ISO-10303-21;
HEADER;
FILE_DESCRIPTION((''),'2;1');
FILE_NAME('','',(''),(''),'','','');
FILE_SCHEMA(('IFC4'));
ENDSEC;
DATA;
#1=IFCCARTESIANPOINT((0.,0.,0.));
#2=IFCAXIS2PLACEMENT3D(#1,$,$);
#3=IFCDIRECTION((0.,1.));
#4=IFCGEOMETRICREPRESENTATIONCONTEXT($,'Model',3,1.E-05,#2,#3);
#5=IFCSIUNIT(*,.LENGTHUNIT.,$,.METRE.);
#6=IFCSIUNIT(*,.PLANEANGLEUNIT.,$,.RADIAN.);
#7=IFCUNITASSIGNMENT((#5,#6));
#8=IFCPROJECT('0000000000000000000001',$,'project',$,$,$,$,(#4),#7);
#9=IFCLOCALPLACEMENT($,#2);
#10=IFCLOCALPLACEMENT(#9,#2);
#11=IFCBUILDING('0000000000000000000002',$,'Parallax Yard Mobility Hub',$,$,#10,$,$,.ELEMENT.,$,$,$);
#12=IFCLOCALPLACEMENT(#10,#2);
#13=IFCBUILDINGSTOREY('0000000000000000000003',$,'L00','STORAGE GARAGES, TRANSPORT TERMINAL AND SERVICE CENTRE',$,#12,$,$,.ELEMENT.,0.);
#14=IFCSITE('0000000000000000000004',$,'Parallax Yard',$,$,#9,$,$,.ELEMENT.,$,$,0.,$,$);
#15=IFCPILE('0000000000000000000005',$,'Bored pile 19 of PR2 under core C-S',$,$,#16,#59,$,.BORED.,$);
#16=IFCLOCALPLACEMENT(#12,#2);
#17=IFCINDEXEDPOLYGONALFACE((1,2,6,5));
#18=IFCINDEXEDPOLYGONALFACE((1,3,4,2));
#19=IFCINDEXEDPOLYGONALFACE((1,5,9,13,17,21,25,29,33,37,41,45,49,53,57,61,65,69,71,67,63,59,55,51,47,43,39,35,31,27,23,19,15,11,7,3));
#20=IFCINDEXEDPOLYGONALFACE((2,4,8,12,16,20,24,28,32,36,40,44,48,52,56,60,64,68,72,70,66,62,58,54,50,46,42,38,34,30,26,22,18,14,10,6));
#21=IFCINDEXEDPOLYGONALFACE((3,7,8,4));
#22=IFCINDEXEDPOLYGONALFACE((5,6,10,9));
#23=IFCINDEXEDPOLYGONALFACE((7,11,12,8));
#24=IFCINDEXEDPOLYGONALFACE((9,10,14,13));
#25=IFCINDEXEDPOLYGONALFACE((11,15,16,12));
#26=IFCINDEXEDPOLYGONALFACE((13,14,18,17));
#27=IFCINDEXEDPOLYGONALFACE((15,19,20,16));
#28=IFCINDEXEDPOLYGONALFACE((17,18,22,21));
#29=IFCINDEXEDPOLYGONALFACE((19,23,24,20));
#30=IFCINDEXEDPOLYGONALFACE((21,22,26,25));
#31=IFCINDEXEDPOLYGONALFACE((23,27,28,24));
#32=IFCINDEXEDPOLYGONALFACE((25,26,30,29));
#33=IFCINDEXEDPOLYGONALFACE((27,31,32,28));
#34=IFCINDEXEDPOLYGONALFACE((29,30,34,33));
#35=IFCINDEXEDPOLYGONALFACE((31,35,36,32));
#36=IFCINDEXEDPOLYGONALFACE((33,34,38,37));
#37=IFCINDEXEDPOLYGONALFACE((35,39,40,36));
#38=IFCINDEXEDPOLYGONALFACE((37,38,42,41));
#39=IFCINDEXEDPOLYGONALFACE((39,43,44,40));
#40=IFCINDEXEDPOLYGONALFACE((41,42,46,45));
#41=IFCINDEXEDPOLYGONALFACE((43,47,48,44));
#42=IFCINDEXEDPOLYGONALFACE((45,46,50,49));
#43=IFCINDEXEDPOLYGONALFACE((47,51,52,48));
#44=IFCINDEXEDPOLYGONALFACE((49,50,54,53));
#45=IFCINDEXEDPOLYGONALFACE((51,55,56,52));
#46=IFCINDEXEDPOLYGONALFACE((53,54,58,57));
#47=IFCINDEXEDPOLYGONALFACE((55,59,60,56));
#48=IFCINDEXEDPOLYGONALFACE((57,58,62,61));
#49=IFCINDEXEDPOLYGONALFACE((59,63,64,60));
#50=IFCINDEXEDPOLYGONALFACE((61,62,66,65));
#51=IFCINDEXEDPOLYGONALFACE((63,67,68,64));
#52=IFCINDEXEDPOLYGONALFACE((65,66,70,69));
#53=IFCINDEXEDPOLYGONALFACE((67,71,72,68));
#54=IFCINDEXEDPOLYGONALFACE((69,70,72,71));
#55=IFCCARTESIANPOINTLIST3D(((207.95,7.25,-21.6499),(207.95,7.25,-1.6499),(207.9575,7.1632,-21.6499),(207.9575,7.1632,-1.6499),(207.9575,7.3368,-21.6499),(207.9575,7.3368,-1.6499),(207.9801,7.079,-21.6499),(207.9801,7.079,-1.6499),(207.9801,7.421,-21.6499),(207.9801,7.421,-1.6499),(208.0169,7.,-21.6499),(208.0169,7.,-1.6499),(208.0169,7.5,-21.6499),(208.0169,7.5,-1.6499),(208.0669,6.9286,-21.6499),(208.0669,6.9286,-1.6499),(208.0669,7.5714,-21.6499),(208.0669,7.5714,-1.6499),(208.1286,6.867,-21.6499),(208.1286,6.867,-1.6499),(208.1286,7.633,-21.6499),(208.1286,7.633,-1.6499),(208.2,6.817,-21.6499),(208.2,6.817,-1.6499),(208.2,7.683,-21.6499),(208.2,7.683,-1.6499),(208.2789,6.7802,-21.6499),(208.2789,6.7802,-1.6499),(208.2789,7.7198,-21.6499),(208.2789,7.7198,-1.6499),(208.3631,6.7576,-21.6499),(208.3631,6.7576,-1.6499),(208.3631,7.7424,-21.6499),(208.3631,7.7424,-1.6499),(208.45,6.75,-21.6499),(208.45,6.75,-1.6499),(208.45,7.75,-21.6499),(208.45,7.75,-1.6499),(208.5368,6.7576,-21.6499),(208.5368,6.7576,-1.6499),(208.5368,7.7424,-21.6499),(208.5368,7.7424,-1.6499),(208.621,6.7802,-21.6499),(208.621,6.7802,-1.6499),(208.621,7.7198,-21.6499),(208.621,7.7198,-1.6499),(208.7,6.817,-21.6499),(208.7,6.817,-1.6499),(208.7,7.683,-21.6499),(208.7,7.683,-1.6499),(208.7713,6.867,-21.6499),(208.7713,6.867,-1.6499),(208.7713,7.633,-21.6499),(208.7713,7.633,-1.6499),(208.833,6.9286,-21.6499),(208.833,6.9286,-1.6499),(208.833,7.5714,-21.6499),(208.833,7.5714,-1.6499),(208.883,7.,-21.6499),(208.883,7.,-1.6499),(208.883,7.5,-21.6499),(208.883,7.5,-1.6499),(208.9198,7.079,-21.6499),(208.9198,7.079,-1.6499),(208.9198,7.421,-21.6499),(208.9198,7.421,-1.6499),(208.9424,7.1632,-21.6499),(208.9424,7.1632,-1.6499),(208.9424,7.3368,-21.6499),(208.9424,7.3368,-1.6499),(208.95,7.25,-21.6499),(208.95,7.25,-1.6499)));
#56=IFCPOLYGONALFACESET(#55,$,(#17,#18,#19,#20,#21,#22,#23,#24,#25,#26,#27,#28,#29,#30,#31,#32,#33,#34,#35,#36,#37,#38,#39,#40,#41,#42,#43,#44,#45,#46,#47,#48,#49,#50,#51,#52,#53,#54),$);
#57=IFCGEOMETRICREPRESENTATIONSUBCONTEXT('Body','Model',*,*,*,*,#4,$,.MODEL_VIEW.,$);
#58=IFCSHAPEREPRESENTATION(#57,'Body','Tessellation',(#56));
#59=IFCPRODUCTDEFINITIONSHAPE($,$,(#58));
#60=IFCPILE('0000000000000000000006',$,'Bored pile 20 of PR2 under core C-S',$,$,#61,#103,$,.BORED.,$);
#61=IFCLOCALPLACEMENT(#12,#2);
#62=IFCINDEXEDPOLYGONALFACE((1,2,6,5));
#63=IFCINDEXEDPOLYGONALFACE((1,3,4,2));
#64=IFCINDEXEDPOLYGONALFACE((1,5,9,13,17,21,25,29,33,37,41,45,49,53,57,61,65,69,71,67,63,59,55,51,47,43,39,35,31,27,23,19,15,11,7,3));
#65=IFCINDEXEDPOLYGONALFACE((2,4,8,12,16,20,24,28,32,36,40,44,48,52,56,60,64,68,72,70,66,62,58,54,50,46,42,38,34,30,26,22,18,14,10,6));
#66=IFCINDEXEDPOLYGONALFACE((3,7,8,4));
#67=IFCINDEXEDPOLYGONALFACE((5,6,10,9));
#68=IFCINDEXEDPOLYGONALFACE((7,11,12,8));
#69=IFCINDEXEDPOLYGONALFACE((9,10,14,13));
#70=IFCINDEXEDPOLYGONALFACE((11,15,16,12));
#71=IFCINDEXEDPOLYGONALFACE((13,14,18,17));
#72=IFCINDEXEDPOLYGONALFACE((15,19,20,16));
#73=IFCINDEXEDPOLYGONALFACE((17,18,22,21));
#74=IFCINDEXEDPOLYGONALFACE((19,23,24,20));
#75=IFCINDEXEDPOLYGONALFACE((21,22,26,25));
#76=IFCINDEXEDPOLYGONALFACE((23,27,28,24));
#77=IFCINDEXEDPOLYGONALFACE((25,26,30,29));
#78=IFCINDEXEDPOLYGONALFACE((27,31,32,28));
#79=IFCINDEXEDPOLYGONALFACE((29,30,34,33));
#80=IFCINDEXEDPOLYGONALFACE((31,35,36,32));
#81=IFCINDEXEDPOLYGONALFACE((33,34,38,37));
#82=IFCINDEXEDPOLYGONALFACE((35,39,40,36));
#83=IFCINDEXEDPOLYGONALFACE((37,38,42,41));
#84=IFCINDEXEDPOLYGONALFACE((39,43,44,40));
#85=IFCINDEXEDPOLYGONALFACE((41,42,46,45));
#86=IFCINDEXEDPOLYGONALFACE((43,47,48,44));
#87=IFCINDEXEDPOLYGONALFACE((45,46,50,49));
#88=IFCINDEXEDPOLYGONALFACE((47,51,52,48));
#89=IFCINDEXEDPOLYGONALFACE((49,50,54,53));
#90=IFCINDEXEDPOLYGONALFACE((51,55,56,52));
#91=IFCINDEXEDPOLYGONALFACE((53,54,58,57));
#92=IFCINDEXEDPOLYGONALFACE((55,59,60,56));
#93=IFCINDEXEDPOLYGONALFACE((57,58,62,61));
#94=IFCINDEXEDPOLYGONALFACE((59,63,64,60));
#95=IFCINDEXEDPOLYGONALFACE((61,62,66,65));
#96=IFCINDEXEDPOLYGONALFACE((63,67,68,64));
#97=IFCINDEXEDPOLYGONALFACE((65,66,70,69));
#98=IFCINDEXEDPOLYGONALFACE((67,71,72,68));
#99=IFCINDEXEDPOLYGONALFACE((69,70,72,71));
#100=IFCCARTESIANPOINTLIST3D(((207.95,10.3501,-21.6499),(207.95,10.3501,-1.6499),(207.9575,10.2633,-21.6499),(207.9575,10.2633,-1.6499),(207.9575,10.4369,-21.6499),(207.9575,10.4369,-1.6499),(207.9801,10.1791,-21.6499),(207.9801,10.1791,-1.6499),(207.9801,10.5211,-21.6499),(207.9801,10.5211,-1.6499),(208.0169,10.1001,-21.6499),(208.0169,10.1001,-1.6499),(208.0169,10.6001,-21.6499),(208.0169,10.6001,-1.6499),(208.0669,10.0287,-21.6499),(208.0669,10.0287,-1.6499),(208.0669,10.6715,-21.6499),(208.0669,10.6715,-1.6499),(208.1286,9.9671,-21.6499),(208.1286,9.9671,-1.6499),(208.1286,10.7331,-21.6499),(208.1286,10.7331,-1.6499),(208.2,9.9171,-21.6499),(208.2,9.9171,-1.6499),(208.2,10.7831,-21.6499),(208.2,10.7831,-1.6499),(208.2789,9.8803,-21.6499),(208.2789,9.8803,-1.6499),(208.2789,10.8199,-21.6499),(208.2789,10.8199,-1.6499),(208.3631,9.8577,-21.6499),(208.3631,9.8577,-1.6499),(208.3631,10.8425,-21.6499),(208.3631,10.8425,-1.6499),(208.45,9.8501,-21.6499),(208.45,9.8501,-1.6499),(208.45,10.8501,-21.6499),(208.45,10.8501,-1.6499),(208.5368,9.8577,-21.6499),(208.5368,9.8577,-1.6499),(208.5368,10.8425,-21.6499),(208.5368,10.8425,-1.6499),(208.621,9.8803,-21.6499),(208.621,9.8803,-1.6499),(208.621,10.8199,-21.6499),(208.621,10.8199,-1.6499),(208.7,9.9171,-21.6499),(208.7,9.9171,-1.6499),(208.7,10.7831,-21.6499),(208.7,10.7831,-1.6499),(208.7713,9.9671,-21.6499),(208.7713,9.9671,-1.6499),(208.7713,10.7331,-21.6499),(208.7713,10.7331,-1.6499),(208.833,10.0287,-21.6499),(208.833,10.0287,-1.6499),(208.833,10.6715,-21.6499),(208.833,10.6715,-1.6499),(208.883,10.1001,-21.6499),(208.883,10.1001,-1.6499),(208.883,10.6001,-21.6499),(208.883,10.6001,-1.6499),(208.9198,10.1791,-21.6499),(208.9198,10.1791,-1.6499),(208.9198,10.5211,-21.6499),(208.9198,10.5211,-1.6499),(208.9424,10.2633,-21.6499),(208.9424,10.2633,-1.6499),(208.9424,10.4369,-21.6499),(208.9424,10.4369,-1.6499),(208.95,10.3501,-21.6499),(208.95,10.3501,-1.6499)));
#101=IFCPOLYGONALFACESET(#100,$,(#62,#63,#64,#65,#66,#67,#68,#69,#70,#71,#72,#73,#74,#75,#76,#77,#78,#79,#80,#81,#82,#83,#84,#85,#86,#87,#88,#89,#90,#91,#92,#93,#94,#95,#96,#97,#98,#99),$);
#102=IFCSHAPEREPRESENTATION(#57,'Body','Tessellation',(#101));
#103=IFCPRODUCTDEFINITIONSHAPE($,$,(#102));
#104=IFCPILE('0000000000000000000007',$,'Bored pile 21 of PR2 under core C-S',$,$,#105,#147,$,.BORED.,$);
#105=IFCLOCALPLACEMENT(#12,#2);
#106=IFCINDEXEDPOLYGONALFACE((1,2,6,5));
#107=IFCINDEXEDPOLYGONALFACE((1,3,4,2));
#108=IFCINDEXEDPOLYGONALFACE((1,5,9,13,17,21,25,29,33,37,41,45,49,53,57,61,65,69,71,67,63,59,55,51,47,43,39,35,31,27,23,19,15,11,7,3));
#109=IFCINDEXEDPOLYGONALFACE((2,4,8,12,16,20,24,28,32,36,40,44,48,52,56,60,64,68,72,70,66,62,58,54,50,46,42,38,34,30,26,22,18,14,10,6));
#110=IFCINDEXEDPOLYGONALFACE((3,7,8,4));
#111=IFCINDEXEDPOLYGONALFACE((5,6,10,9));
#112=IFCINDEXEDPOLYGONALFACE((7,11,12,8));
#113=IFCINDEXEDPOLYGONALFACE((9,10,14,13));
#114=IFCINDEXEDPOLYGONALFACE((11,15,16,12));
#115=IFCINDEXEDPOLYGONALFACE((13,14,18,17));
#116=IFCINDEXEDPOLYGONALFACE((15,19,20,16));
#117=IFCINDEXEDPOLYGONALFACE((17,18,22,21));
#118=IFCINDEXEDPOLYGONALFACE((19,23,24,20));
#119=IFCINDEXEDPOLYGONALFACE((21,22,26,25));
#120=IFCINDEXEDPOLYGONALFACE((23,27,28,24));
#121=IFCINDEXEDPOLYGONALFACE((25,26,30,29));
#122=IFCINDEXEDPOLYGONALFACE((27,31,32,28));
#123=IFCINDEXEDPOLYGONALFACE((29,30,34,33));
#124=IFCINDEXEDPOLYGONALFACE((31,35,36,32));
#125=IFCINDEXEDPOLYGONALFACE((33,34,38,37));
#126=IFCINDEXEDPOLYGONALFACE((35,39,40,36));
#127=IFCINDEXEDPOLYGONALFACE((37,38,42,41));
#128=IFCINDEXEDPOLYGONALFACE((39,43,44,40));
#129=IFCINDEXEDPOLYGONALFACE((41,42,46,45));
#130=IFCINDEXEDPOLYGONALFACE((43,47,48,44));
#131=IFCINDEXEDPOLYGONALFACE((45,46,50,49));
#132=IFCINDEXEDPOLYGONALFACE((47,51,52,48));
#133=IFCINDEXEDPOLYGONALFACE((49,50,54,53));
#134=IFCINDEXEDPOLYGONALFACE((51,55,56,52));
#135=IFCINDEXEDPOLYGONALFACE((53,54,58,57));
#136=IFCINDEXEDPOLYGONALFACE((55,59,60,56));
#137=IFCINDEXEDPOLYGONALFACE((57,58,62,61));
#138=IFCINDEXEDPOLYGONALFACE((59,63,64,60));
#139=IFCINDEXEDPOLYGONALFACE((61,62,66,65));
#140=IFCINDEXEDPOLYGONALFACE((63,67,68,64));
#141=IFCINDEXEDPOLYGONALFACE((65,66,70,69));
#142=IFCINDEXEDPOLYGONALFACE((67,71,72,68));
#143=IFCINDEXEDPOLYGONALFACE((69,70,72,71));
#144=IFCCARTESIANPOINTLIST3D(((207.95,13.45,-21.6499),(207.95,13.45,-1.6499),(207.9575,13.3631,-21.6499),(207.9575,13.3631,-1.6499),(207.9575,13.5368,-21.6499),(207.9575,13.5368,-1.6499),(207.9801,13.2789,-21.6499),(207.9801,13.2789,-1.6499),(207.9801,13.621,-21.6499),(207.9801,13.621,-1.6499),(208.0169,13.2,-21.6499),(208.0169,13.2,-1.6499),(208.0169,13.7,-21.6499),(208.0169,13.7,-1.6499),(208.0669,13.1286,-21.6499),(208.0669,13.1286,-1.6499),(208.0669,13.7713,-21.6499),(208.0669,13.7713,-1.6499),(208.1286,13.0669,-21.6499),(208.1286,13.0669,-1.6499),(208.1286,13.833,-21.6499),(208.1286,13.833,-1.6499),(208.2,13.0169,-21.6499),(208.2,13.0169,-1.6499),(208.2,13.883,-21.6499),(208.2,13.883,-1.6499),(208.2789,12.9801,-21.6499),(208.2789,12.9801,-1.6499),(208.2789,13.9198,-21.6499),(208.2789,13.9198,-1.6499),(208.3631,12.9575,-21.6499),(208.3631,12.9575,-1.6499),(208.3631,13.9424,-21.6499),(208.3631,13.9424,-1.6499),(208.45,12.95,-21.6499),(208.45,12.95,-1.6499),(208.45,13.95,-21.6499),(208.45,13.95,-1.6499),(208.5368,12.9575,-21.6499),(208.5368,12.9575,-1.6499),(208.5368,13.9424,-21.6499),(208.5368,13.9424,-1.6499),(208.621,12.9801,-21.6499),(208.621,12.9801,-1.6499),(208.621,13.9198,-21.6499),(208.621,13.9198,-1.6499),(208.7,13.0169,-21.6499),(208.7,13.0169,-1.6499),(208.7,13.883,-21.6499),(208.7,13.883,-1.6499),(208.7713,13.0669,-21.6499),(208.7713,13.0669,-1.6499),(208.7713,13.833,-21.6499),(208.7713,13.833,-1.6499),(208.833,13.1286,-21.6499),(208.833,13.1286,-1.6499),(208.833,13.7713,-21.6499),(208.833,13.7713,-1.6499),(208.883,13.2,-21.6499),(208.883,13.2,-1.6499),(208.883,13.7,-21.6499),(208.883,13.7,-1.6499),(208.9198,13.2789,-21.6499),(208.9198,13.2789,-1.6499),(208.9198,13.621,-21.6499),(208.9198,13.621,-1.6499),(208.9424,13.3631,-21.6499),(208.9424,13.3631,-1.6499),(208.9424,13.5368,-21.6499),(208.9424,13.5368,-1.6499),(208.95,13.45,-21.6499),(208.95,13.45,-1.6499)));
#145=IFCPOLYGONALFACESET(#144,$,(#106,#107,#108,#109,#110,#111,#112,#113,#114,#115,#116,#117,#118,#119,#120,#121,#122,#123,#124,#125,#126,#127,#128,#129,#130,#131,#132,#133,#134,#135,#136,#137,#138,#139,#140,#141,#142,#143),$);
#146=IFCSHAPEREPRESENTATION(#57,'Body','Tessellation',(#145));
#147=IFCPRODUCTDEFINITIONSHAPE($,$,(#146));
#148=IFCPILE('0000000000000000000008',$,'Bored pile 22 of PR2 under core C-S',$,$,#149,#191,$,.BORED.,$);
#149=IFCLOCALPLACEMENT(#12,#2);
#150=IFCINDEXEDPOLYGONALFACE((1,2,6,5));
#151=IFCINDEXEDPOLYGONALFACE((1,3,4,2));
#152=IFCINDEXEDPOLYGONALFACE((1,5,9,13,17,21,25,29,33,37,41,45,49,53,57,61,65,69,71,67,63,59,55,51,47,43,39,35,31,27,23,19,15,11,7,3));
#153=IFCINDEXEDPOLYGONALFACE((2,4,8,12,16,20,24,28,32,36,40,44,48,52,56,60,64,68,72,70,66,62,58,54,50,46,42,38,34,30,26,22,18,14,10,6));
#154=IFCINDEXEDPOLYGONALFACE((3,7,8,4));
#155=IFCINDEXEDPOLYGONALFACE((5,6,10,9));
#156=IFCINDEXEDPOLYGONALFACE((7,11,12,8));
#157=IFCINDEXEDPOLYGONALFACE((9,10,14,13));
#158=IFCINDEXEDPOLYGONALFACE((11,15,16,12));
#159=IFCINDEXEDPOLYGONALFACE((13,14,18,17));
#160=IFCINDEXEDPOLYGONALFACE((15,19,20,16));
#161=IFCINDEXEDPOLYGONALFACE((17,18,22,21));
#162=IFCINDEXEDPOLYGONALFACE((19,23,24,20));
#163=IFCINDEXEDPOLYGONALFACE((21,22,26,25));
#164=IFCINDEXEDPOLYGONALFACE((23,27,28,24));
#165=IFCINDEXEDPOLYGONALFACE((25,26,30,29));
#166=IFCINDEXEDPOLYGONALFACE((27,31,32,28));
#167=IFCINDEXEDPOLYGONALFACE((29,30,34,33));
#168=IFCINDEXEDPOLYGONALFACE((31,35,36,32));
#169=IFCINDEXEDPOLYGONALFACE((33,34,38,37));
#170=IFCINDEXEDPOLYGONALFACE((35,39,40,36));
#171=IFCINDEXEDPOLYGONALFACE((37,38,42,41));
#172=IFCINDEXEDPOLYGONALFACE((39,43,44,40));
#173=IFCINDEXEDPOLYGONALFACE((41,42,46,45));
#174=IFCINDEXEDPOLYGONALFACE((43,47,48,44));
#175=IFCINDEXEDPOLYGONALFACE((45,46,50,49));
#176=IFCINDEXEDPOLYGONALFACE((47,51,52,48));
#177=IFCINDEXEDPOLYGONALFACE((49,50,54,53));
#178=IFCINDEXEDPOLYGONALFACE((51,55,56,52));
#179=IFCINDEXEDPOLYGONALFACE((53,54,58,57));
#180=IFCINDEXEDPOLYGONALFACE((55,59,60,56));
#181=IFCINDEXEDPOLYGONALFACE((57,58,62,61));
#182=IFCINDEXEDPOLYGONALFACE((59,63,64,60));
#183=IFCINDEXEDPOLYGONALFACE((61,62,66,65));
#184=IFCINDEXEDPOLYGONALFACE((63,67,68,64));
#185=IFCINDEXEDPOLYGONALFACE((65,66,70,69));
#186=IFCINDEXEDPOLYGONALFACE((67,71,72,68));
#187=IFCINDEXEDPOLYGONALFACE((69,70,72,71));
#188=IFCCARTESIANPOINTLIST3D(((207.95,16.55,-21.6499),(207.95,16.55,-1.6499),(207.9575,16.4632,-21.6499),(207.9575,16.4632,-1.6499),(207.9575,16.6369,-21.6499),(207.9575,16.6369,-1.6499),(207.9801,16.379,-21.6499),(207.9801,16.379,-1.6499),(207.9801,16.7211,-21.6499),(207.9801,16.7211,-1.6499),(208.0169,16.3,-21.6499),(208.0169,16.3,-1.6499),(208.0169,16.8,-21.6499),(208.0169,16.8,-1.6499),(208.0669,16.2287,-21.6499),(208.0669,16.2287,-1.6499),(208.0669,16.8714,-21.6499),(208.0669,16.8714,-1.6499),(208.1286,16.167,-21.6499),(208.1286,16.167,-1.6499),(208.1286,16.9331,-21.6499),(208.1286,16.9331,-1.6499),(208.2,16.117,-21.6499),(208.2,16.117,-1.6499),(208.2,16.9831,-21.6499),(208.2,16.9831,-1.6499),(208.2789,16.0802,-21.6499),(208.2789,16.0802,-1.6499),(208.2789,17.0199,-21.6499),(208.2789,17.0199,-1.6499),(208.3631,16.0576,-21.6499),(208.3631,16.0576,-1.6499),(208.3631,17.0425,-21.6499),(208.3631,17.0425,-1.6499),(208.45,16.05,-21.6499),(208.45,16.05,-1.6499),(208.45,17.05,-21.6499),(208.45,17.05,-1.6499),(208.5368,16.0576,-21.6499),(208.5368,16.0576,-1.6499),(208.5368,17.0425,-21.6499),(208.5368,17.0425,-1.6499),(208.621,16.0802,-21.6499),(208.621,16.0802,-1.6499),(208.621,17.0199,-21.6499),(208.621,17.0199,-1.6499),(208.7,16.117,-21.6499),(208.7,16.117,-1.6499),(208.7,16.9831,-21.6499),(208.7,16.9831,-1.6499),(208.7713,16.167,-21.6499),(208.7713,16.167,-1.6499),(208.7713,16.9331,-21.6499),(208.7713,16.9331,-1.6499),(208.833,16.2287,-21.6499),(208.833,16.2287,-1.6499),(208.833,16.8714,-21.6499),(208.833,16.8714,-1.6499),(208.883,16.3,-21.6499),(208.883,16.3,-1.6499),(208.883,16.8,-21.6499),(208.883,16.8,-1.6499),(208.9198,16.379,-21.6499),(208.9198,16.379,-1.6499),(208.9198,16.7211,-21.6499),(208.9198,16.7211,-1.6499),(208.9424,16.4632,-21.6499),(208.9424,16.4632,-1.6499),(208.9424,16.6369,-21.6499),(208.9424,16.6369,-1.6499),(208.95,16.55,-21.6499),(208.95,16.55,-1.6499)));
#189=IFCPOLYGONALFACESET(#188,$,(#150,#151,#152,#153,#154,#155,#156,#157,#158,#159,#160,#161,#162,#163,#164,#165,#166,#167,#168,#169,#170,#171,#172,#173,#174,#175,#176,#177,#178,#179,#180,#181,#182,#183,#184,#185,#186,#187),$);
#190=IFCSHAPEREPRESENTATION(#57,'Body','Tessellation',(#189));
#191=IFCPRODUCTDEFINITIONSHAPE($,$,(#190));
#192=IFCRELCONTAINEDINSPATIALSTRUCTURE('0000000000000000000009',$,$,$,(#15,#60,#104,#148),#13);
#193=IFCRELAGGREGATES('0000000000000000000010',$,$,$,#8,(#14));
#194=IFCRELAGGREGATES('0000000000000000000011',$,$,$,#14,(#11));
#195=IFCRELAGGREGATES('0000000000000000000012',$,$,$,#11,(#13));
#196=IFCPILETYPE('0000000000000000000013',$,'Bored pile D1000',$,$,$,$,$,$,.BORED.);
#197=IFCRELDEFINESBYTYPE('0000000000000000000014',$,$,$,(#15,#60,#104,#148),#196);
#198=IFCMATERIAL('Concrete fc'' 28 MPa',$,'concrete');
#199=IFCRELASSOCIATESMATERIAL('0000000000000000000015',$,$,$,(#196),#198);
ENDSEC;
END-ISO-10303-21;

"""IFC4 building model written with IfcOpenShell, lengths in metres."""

from ifc_helpers import new_model, si_unit, direction, frame, origin, origin_2d, place, context, subcontext, project, spatial, circle, extrude, material, material_profile, profile_set, type_object, element, save


model = new_model("IFC4")

# Units and contexts
model_context = context("Model", 3, precision=1e-05, world=origin(), true_north=direction((0.0, 1.0)))
body_context = subcontext(model_context, "Body", "Model", "MODEL_VIEW")
ifc_project = project(units=[si_unit("LENGTHUNIT", "METRE"), si_unit("PLANEANGLEUNIT", "RADIAN")], contexts=[model_context])

# Site, building, storey
site_placement = place(None, origin())
site = spatial("IfcSite", under=ifc_project, at=site_placement, Name="Parallax Yard", CompositionType="ELEMENT", RefElevation=0.0)
building_placement = place(site_placement, origin())
building = spatial("IfcBuilding", under=site, at=building_placement, Name="Parallax Yard Mobility Hub", CompositionType="ELEMENT")
storey_placement = place(building_placement, origin())
storey = spatial("IfcBuildingStorey", under=building, at=storey_placement, Name="L00", Description="STORAGE GARAGES, TRANSPORT TERMINAL AND SERVICE CENTRE", CompositionType="ELEMENT", Elevation=0.0)

# Piles
ifc_material_1 = material(Name="Concrete fc' 28 MPa", Category="concrete")
ifc_material_profile = material_profile(ifc_material_1, circle(Radius=0.5, at=origin_2d()), Name="Bored pile D1000")
ifc_profile_set = profile_set([ifc_material_profile], Name="Concrete fc' 28 MPa")
pile_type = type_object("IfcPileType", Name="Bored pile D1000", PredefinedType="BORED", material=ifc_profile_set)
for number, where, z_axis, x_axis, name in (
    (1, (208.45, 7.25, -1.6499), (0.0, 0.0, -1.0), (1.0, 0.0, 0.0), "Bored pile 19 of PR2 under core C-S"),
    (2, (208.45, 10.3501, -1.6499), (0.0, 0.0, -1.0), (1.0, 0.0, 0.0), "Bored pile 20 of PR2 under core C-S"),
    (3, (208.45, 13.45, -1.6499), (0.0, 0.0, -1.0), (1.0, 0.0, 0.0), "Bored pile 21 of PR2 under core C-S"),
    (4, (208.45, 16.55, -1.6499), (0.0, 0.0, -1.0), (1.0, 0.0, 0.0), "Bored pile 22 of PR2 under core C-S"),
):
    element("IfcPile", number, at=place(storey_placement, frame(where, z_axis=z_axis, x_axis=x_axis)), inside=storey, type_object=pile_type, Name=name, PredefinedType="BORED", context=body_context, shape_type="SweptSolid", body=[
        extrude(circle(Radius=0.5, at=origin_2d()), origin(), (0.0, 0.0, 1.0), 20.0),
    ])

save(model, "model.ifc")
